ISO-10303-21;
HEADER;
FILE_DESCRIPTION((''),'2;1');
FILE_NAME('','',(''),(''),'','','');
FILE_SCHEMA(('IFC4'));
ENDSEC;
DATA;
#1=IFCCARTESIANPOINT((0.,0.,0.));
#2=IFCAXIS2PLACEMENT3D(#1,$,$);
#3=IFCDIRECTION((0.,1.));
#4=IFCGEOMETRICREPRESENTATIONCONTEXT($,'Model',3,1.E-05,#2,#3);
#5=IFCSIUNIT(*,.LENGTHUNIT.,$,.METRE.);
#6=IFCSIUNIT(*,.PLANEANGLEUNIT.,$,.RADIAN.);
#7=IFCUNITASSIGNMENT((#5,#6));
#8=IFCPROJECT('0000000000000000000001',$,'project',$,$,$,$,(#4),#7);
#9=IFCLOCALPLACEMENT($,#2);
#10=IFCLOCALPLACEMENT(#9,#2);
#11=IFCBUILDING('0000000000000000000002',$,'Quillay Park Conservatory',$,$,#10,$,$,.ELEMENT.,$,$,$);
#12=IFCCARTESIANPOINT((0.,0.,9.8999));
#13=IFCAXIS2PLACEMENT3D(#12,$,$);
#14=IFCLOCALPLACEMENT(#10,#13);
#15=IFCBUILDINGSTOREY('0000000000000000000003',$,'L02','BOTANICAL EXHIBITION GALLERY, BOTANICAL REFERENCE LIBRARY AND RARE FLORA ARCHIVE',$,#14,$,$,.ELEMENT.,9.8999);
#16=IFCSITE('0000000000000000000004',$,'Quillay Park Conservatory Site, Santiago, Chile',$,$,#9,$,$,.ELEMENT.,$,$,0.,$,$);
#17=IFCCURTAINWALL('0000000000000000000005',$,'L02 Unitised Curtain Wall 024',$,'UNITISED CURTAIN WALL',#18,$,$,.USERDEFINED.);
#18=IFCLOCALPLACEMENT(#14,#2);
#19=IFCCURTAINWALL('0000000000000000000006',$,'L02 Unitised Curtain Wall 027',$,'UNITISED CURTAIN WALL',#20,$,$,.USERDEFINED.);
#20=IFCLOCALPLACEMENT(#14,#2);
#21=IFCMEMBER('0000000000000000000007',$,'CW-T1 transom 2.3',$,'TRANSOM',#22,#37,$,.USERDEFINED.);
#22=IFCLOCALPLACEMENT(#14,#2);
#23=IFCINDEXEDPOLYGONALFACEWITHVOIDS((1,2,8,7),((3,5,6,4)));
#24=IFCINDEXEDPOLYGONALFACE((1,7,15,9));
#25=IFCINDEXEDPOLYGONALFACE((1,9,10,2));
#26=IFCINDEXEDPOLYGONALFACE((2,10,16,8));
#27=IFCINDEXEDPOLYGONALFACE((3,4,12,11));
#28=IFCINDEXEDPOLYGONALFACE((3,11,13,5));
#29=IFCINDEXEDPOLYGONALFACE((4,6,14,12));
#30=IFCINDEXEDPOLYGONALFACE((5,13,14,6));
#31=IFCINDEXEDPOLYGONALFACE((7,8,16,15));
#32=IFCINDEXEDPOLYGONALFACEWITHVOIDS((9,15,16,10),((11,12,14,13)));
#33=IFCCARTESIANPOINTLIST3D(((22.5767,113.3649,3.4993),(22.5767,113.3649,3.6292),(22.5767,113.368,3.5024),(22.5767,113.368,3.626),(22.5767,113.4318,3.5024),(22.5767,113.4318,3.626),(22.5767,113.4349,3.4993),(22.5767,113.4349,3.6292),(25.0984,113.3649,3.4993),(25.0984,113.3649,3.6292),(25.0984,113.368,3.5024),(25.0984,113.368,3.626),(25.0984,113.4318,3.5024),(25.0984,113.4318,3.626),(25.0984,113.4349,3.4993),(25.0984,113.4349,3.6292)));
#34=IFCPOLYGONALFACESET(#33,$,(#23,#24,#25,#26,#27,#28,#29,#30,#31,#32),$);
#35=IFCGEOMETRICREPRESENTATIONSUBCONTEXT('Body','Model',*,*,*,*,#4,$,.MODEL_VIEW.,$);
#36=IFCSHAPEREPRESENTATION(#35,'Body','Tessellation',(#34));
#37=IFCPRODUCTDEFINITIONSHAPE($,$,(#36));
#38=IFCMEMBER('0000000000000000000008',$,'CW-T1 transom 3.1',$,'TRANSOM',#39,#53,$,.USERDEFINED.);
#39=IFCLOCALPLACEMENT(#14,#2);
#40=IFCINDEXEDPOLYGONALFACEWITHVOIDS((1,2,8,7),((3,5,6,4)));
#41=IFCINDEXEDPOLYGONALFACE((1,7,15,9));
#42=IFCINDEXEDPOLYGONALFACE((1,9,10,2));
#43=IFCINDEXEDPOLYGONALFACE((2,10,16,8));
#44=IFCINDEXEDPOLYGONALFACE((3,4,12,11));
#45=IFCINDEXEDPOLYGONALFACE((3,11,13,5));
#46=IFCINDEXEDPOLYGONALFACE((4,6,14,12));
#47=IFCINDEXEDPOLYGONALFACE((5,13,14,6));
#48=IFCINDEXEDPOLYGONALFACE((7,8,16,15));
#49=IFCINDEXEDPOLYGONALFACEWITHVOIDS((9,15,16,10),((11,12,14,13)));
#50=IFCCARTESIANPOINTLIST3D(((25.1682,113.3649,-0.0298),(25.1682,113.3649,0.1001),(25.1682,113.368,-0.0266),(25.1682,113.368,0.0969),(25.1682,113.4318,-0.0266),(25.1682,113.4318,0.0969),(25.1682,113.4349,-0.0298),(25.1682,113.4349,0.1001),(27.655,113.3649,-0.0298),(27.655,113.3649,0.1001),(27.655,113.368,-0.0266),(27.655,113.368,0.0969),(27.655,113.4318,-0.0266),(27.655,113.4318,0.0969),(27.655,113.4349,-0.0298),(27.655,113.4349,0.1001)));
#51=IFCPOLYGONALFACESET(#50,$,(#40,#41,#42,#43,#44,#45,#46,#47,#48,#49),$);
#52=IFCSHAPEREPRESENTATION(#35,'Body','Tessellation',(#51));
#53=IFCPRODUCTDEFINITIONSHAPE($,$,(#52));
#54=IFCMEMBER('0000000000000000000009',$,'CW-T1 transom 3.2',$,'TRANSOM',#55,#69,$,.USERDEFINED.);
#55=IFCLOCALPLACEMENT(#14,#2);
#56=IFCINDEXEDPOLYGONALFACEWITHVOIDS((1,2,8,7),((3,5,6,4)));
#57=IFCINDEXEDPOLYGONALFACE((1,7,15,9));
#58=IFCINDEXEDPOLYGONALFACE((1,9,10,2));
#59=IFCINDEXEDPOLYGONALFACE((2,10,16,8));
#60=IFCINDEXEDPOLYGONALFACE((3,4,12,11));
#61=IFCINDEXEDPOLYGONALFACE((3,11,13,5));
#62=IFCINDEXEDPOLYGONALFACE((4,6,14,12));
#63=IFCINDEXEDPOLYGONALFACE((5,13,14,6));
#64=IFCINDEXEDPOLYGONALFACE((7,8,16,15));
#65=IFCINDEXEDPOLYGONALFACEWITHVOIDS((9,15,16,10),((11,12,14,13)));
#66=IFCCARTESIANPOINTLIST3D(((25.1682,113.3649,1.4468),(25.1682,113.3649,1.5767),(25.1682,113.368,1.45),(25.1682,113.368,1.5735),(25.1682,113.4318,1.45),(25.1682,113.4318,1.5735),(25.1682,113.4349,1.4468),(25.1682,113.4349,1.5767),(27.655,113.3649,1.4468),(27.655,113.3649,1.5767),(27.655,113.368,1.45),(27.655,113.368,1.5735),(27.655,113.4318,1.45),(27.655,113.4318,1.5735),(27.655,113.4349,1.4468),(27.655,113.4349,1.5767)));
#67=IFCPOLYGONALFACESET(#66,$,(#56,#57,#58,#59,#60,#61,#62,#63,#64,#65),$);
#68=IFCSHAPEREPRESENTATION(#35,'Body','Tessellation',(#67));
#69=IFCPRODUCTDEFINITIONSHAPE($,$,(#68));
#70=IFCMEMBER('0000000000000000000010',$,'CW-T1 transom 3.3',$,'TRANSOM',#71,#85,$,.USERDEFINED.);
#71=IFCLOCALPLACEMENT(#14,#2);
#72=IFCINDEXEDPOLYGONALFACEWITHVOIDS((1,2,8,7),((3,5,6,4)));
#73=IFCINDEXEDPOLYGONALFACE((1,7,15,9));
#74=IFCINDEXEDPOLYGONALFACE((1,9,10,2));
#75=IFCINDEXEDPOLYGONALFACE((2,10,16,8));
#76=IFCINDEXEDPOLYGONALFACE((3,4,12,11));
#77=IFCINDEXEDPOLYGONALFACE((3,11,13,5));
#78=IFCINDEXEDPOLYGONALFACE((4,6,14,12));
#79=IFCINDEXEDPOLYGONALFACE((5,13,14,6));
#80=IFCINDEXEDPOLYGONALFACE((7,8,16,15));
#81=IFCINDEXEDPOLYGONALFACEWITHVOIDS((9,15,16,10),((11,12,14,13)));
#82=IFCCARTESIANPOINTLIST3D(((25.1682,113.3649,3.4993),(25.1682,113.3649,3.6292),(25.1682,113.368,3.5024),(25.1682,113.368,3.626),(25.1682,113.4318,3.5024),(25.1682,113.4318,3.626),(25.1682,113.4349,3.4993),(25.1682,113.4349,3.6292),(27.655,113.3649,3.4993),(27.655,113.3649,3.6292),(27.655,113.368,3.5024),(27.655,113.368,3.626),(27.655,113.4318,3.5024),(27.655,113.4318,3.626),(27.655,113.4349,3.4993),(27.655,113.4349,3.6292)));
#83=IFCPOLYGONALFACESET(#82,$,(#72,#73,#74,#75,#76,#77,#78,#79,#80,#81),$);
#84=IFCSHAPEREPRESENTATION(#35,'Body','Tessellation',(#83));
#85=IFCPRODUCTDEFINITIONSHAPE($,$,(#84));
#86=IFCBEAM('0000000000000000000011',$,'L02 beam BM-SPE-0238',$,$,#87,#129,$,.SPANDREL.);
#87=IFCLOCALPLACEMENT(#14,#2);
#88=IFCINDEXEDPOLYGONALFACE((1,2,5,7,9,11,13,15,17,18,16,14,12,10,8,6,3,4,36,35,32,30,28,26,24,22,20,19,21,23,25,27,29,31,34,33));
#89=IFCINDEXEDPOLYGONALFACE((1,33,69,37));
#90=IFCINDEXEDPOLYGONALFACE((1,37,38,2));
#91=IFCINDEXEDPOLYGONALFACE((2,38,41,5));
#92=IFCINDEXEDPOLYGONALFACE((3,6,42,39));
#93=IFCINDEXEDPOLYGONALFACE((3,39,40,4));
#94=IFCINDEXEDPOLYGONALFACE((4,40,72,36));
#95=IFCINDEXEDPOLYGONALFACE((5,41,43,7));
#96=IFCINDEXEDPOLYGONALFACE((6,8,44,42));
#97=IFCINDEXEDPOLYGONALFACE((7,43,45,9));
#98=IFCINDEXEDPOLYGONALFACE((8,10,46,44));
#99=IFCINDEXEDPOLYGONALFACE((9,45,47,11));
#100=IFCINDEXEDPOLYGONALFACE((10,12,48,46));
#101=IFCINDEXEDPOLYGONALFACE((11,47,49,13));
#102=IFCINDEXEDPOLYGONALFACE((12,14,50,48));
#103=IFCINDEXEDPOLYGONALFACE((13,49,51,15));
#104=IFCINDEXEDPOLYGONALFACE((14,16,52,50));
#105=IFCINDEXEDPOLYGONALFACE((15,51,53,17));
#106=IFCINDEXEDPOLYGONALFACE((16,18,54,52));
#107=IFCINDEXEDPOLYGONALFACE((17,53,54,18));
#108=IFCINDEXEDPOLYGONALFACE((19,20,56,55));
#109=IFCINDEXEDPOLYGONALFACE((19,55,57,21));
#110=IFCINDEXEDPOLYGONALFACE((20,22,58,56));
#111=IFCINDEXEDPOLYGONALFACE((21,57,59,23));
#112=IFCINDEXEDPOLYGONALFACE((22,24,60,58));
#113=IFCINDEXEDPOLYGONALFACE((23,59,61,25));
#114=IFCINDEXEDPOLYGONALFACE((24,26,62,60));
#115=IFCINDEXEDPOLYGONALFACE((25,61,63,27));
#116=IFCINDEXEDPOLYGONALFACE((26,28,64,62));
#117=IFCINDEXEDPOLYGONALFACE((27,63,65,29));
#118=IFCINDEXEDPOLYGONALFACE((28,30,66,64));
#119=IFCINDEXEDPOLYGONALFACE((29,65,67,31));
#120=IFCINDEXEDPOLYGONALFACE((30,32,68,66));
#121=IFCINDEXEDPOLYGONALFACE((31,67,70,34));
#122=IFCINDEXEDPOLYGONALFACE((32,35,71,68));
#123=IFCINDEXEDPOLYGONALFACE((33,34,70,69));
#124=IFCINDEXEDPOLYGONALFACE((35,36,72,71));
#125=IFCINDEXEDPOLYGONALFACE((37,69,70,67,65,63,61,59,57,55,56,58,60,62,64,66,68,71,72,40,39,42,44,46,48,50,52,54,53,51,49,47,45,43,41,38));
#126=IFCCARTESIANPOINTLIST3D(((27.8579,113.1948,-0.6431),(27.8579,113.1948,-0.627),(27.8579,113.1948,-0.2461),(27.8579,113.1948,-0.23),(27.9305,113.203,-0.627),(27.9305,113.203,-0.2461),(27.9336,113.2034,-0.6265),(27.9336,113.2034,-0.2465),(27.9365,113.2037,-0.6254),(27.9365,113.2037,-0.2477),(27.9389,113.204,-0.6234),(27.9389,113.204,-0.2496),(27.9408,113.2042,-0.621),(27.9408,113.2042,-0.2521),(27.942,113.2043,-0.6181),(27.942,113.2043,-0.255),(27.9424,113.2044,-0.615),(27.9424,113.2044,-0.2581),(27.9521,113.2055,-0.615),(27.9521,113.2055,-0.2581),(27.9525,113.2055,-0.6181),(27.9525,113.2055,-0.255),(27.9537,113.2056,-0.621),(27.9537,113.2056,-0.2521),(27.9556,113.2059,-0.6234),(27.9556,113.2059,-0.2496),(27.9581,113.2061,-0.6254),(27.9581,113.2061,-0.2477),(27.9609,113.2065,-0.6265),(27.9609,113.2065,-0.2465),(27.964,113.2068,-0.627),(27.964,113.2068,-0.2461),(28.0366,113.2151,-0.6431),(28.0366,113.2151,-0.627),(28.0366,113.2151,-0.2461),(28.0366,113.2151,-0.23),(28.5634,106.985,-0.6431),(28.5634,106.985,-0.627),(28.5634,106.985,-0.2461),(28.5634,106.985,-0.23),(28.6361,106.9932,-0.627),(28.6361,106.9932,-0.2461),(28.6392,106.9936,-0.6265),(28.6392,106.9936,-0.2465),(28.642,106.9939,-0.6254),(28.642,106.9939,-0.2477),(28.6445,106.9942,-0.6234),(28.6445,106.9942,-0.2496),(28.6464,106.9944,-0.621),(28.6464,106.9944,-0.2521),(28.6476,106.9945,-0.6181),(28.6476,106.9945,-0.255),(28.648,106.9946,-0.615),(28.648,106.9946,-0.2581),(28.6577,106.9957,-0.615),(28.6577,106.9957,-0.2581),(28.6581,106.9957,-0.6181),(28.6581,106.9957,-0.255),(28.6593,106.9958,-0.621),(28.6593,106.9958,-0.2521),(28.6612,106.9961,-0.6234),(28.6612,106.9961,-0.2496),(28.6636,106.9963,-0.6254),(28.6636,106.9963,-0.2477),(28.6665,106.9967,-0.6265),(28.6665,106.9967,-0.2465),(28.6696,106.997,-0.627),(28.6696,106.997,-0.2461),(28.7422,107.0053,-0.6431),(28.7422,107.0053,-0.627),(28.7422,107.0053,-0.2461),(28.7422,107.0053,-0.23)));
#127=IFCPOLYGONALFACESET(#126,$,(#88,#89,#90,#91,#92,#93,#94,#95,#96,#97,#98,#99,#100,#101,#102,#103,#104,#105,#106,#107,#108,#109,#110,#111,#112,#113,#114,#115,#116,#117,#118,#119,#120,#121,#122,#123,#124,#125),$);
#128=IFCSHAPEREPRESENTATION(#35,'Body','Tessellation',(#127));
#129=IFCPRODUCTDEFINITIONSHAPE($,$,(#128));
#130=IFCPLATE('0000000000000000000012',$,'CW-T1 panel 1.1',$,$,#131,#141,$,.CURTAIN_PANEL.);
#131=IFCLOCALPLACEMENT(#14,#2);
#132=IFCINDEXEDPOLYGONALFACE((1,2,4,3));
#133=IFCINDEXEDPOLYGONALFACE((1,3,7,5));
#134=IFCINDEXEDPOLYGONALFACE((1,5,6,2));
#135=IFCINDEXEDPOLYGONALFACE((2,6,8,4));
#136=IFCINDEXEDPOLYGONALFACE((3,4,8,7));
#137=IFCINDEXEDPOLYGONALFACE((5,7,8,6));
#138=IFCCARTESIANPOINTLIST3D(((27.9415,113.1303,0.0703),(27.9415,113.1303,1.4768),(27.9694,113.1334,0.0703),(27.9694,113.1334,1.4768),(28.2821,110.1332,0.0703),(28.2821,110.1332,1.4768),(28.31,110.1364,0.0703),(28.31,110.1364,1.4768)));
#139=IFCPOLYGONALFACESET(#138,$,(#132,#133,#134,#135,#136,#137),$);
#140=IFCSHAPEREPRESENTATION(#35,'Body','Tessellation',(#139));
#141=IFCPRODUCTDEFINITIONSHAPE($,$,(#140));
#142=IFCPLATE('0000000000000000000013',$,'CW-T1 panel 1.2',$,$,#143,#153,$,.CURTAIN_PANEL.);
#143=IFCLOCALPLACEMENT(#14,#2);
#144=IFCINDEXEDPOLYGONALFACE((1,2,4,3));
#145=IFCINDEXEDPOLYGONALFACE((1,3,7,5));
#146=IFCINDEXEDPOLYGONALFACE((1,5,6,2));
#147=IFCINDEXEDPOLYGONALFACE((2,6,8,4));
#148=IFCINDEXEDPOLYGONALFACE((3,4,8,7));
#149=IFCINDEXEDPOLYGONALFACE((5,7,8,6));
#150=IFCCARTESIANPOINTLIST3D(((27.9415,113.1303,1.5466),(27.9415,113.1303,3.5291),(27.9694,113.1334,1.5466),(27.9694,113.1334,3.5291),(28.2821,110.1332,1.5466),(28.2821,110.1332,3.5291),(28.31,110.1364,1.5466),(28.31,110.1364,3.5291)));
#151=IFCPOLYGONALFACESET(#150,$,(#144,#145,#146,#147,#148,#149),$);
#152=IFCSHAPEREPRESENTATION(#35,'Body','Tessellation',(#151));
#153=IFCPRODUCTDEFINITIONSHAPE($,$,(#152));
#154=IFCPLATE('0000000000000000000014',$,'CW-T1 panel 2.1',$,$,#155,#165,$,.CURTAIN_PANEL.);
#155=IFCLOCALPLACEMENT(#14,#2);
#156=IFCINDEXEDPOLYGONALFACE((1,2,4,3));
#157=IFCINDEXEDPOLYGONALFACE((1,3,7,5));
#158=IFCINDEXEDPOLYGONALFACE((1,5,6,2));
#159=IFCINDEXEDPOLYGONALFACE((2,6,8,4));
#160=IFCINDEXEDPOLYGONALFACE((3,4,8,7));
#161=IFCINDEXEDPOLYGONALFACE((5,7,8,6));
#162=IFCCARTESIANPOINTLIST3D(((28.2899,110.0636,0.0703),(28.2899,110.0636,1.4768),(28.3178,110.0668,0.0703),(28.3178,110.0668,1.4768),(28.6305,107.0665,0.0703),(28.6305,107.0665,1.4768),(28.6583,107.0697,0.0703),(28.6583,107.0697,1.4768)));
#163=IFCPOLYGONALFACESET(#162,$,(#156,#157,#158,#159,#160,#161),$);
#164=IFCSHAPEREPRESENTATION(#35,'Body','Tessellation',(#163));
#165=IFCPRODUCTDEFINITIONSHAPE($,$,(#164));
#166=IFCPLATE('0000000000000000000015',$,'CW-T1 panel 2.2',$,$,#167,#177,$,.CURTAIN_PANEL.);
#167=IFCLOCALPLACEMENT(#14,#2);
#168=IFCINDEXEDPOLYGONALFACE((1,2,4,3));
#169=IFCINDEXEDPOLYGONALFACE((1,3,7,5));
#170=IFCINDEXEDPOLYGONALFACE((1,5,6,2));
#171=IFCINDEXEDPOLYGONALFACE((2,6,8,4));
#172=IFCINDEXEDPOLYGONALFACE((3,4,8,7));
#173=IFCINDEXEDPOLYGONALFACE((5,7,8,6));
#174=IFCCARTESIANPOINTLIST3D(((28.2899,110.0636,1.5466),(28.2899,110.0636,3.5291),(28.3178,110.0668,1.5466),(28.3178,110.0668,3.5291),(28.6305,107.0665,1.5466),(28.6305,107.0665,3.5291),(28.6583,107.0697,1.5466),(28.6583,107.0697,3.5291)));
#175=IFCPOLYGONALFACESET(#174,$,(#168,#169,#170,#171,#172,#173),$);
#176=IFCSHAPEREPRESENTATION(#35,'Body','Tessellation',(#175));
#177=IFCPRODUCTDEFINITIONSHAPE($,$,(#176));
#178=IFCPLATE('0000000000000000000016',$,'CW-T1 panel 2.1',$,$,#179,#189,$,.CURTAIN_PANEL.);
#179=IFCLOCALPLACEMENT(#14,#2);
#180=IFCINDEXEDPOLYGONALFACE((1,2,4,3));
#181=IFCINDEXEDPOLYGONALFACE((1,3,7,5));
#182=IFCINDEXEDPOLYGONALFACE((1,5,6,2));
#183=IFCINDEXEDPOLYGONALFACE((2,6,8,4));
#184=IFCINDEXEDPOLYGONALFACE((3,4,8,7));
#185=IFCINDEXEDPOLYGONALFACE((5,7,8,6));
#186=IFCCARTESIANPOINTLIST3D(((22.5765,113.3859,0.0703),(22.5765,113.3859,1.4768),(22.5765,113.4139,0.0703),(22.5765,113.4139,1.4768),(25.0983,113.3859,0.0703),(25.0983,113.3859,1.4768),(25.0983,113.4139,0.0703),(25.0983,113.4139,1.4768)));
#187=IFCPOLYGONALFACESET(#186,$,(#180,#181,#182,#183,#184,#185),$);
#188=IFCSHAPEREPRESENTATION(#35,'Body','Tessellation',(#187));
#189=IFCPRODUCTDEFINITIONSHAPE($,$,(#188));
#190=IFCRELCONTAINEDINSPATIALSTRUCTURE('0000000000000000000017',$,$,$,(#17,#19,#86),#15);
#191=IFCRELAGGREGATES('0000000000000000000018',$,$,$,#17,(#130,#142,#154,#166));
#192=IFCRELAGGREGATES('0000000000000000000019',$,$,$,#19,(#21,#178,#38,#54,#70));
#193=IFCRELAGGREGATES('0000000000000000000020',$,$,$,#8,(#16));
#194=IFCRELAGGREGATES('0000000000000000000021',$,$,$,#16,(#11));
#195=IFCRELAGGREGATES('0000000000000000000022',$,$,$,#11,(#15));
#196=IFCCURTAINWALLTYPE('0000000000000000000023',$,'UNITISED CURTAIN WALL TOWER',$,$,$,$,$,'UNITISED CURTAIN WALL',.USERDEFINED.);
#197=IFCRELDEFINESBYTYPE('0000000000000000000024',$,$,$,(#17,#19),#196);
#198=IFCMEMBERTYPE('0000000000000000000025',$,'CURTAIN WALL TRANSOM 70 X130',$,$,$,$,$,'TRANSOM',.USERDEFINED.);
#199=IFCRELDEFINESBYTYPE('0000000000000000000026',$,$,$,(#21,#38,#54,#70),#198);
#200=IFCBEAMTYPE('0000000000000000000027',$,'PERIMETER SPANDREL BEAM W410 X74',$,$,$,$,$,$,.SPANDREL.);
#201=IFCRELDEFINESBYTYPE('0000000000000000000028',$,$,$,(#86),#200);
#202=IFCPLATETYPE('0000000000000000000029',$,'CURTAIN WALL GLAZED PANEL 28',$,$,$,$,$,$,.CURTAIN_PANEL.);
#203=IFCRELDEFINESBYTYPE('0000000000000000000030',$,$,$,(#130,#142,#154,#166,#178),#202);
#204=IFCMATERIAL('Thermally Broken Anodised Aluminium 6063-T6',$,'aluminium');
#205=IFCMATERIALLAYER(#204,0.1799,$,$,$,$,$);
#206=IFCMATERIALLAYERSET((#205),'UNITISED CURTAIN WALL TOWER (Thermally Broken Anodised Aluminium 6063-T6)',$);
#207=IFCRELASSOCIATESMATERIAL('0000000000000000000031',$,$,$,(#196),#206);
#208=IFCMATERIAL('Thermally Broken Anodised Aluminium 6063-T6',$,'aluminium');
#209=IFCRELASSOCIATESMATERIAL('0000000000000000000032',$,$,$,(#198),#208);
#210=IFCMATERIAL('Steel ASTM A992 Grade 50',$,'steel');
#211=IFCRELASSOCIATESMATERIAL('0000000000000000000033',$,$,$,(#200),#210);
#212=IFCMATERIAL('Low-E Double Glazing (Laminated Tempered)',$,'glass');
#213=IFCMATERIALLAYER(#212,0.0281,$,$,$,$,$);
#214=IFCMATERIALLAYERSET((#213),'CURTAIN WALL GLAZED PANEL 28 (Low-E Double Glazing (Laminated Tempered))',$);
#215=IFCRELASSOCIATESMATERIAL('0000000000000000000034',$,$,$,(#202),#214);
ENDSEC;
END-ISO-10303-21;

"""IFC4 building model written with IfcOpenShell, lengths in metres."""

from ifc_helpers import new_model, si_unit, direction, frame, origin, origin_2d, place, context, subcontext, project, spatial, rectangle, hollow_rectangle, i_section, extrude, material, layer, layer_set, material_profile, profile_set, type_object, element, aggregate, save


model = new_model("IFC4")

# Units and contexts
model_context = context("Model", 3, precision=1e-05, world=origin(), true_north=direction((0.0, 1.0)))
body_context = subcontext(model_context, "Body", "Model", "MODEL_VIEW")
ifc_project = project(units=[si_unit("LENGTHUNIT", "METRE"), si_unit("PLANEANGLEUNIT", "RADIAN")], contexts=[model_context])

# Site, building, storey
site_placement = place(None, origin())
site = spatial("IfcSite", under=ifc_project, at=site_placement, Name="Quillay Park Conservatory Site, Santiago, Chile", CompositionType="ELEMENT", RefElevation=0.0)
building_placement = place(site_placement, origin())
building = spatial("IfcBuilding", under=site, at=building_placement, Name="Quillay Park Conservatory", CompositionType="ELEMENT")
storey_placement = place(building_placement, frame((0.0, 0.0, 9.8999)))
storey = spatial("IfcBuildingStorey", under=building, at=storey_placement, Name="L02", Description="BOTANICAL EXHIBITION GALLERY, BOTANICAL REFERENCE LIBRARY AND RARE FLORA ARCHIVE", CompositionType="ELEMENT", Elevation=9.8999)

# Shared definitions
ifc_material_1 = material(Name="Thermally Broken Anodised Aluminium 6063-T6", Category="aluminium")
ifc_layer_1 = layer(ifc_material_1, 0.1799)
ifc_layer_set_1 = layer_set([ifc_layer_1], Name="UNITISED CURTAIN WALL TOWER (Thermally Broken Anodised Aluminium 6063-T6)")
curtain_wall_type = type_object("IfcCurtainWallType", Name="UNITISED CURTAIN WALL TOWER", ElementType="UNITISED CURTAIN WALL", PredefinedType="USERDEFINED", material=ifc_layer_set_1)

# Curtain walls
curtain_wall_1_placement = place(storey_placement, origin())
curtain_wall_1 = element("IfcCurtainWall", 1, at=curtain_wall_1_placement, inside=storey, type_object=curtain_wall_type, Name="L02 Unitised Curtain Wall 024", ObjectType="UNITISED CURTAIN WALL", PredefinedType="USERDEFINED")
curtain_wall_2_placement = place(storey_placement, origin())
curtain_wall_2 = element("IfcCurtainWall", 2, at=curtain_wall_2_placement, inside=storey, type_object=curtain_wall_type, Name="L02 Unitised Curtain Wall 027", ObjectType="UNITISED CURTAIN WALL", PredefinedType="USERDEFINED")

# Members
ifc_material_2 = material(Name="Thermally Broken Anodised Aluminium 6063-T6", Category="aluminium")
ifc_material_profile_1 = material_profile(ifc_material_2, hollow_rectangle(XDim=0.0701, YDim=0.1299, WallThickness=0.0032, at=origin_2d()), Name="AL70x130x3.2")
ifc_profile_set_1 = profile_set([ifc_material_profile_1], Name="Thermally Broken Anodised Aluminium 6063-T6")
member_type_1 = type_object("IfcMemberType", Name="CURTAIN WALL TRANSOM 70 X130", ElementType="TRANSOM", PredefinedType="USERDEFINED", material=ifc_profile_set_1)
member_1_placement = place(storey_placement, frame((22.5767, 113.3999, 3.5642), z_axis=(1.0, 0.0, 0.0), x_axis=(0.0, 1.0, 0.0)))
member_1 = element("IfcMember", 3, at=member_1_placement, type_object=member_type_1, Name="CW-T1 transom 2.3", ObjectType="TRANSOM", PredefinedType="USERDEFINED", context=body_context, shape_type="SweptSolid", body=[
    extrude(hollow_rectangle(XDim=0.0701, YDim=0.1299, WallThickness=0.0032, at=origin_2d()), origin(), (0.0, 0.0, 1.0), 2.5217),
])
member_2_placement = place(storey_placement, frame((25.1682, 113.3999, 0.0352), z_axis=(1.0, 0.0, 0.0), x_axis=(0.0, 1.0, 0.0)))
member_2 = element("IfcMember", 4, at=member_2_placement, type_object=member_type_1, Name="CW-T1 transom 3.1", ObjectType="TRANSOM", PredefinedType="USERDEFINED", context=body_context, shape_type="SweptSolid", body=[
    extrude(hollow_rectangle(XDim=0.0701, YDim=0.1299, WallThickness=0.0032, at=origin_2d()), origin(), (0.0, 0.0, 1.0), 2.4868),
])
member_3_placement = place(storey_placement, frame((25.1682, 113.3999, 1.5117), z_axis=(1.0, 0.0, 0.0), x_axis=(0.0, 1.0, 0.0)))
member_3 = element("IfcMember", 5, at=member_3_placement, type_object=member_type_1, Name="CW-T1 transom 3.2", ObjectType="TRANSOM", PredefinedType="USERDEFINED", context=body_context, shape_type="SweptSolid", body=[
    extrude(hollow_rectangle(XDim=0.0701, YDim=0.1299, WallThickness=0.0032, at=origin_2d()), origin(), (0.0, 0.0, 1.0), 2.4868),
])
member_4_placement = place(storey_placement, frame((25.1682, 113.3999, 3.5642), z_axis=(1.0, 0.0, 0.0), x_axis=(0.0, 1.0, 0.0)))
member_4 = element("IfcMember", 6, at=member_4_placement, type_object=member_type_1, Name="CW-T1 transom 3.3", ObjectType="TRANSOM", PredefinedType="USERDEFINED", context=body_context, shape_type="SweptSolid", body=[
    extrude(hollow_rectangle(XDim=0.0701, YDim=0.1299, WallThickness=0.0032, at=origin_2d()), origin(), (0.0, 0.0, 1.0), 2.4868),
])

# Beam
ifc_material_3 = material(Name="Steel ASTM A992 Grade 50", Category="steel")
ifc_material_profile_2 = material_profile(ifc_material_3, i_section(OverallWidth=0.1799, OverallDepth=0.4131, WebThickness=0.0098, FlangeThickness=0.0161, FilletRadius=0.012, at=origin_2d()), Name="W410x74")
ifc_profile_set_2 = profile_set([ifc_material_profile_2], Name="Steel ASTM A992 Grade 50")
beam_type = type_object("IfcBeamType", Name="PERIMETER SPANDREL BEAM W410 X74", PredefinedType="SPANDREL", material=ifc_profile_set_2)
beam_placement = place(storey_placement, frame((28.6528, 106.9951, -0.4365), z_axis=(-0.112897, 0.993607, 0.0), x_axis=(-0.993607, -0.112897, 0.0)))
element("IfcBeam", 7, at=beam_placement, inside=storey, type_object=beam_type, Name="L02 beam BM-SPE-0238", PredefinedType="SPANDREL", context=body_context, shape_type="SweptSolid", body=[
    extrude(i_section(OverallWidth=0.1799, OverallDepth=0.4131, WebThickness=0.0098, FlangeThickness=0.0161, FilletRadius=0.012, at=origin_2d()), origin(), (0.0, 0.0, 1.0), 6.2498),
])

# Plates
ifc_material_4 = material(Name="Low-E Double Glazing (Laminated Tempered)", Category="glass")
ifc_layer_2 = layer(ifc_material_4, 0.0281)
ifc_layer_set_2 = layer_set([ifc_layer_2], Name="CURTAIN WALL GLAZED PANEL 28 (Low-E Double Glazing (Laminated Tempered))")
plate_type = type_object("IfcPlateType", Name="CURTAIN WALL GLAZED PANEL 28", PredefinedType="CURTAIN_PANEL", material=ifc_layer_set_2)
plate_1_placement = place(storey_placement, frame((28.1257, 111.6333, 0.0703), z_axis=(0.0, 0.0, 1.0), x_axis=(0.112903, -0.993606, 0.0)))
plate_1 = element("IfcPlate", 8, at=plate_1_placement, type_object=plate_type, Name="CW-T1 panel 1.1", PredefinedType="CURTAIN_PANEL", context=body_context, shape_type="SweptSolid", body=[
    extrude(rectangle(XDim=3.0164, YDim=0.0281, at=origin_2d()), origin(), (0.0, 0.0, 1.0), 1.4065),
])
plate_2_placement = place(storey_placement, frame((28.1257, 111.6333, 1.5466), z_axis=(0.0, 0.0, 1.0), x_axis=(0.112903, -0.993606, 0.0)))
plate_2 = element("IfcPlate", 9, at=plate_2_placement, type_object=plate_type, Name="CW-T1 panel 1.2", PredefinedType="CURTAIN_PANEL", context=body_context, shape_type="SweptSolid", body=[
    extrude(rectangle(XDim=3.0164, YDim=0.0281, at=origin_2d()), origin(), (0.0, 0.0, 1.0), 1.9824),
])
plate_3_placement = place(storey_placement, frame((28.4741, 108.5667, 0.0703), z_axis=(0.0, 0.0, 1.0), x_axis=(0.112903, -0.993606, 0.0)))
plate_3 = element("IfcPlate", 10, at=plate_3_placement, type_object=plate_type, Name="CW-T1 panel 2.1", PredefinedType="CURTAIN_PANEL", context=body_context, shape_type="SweptSolid", body=[
    extrude(rectangle(XDim=3.0164, YDim=0.0281, at=origin_2d()), origin(), (0.0, 0.0, 1.0), 1.4065),
])
plate_4_placement = place(storey_placement, frame((28.4741, 108.5667, 1.5466), z_axis=(0.0, 0.0, 1.0), x_axis=(0.112903, -0.993606, 0.0)))
plate_4 = element("IfcPlate", 11, at=plate_4_placement, type_object=plate_type, Name="CW-T1 panel 2.2", PredefinedType="CURTAIN_PANEL", context=body_context, shape_type="SweptSolid", body=[
    extrude(rectangle(XDim=3.0164, YDim=0.0281, at=origin_2d()), origin(), (0.0, 0.0, 1.0), 1.9824),
])
aggregate(curtain_wall_1, [plate_1, plate_2, plate_3, plate_4])
plate_5_placement = place(storey_placement, frame((23.8374, 113.3999, 0.0703), z_axis=(0.0, 0.0, 1.0), x_axis=(1.0, 0.0, 0.0)))
plate_5 = element("IfcPlate", 12, at=plate_5_placement, type_object=plate_type, Name="CW-T1 panel 2.1", PredefinedType="CURTAIN_PANEL", context=body_context, shape_type="SweptSolid", body=[
    extrude(rectangle(XDim=2.5217, YDim=0.0281, at=origin_2d()), origin(), (0.0, 0.0, 1.0), 1.4065),
])
aggregate(curtain_wall_2, [member_1, plate_5, member_2, member_3, member_4])

save(model, "model.ifc")
